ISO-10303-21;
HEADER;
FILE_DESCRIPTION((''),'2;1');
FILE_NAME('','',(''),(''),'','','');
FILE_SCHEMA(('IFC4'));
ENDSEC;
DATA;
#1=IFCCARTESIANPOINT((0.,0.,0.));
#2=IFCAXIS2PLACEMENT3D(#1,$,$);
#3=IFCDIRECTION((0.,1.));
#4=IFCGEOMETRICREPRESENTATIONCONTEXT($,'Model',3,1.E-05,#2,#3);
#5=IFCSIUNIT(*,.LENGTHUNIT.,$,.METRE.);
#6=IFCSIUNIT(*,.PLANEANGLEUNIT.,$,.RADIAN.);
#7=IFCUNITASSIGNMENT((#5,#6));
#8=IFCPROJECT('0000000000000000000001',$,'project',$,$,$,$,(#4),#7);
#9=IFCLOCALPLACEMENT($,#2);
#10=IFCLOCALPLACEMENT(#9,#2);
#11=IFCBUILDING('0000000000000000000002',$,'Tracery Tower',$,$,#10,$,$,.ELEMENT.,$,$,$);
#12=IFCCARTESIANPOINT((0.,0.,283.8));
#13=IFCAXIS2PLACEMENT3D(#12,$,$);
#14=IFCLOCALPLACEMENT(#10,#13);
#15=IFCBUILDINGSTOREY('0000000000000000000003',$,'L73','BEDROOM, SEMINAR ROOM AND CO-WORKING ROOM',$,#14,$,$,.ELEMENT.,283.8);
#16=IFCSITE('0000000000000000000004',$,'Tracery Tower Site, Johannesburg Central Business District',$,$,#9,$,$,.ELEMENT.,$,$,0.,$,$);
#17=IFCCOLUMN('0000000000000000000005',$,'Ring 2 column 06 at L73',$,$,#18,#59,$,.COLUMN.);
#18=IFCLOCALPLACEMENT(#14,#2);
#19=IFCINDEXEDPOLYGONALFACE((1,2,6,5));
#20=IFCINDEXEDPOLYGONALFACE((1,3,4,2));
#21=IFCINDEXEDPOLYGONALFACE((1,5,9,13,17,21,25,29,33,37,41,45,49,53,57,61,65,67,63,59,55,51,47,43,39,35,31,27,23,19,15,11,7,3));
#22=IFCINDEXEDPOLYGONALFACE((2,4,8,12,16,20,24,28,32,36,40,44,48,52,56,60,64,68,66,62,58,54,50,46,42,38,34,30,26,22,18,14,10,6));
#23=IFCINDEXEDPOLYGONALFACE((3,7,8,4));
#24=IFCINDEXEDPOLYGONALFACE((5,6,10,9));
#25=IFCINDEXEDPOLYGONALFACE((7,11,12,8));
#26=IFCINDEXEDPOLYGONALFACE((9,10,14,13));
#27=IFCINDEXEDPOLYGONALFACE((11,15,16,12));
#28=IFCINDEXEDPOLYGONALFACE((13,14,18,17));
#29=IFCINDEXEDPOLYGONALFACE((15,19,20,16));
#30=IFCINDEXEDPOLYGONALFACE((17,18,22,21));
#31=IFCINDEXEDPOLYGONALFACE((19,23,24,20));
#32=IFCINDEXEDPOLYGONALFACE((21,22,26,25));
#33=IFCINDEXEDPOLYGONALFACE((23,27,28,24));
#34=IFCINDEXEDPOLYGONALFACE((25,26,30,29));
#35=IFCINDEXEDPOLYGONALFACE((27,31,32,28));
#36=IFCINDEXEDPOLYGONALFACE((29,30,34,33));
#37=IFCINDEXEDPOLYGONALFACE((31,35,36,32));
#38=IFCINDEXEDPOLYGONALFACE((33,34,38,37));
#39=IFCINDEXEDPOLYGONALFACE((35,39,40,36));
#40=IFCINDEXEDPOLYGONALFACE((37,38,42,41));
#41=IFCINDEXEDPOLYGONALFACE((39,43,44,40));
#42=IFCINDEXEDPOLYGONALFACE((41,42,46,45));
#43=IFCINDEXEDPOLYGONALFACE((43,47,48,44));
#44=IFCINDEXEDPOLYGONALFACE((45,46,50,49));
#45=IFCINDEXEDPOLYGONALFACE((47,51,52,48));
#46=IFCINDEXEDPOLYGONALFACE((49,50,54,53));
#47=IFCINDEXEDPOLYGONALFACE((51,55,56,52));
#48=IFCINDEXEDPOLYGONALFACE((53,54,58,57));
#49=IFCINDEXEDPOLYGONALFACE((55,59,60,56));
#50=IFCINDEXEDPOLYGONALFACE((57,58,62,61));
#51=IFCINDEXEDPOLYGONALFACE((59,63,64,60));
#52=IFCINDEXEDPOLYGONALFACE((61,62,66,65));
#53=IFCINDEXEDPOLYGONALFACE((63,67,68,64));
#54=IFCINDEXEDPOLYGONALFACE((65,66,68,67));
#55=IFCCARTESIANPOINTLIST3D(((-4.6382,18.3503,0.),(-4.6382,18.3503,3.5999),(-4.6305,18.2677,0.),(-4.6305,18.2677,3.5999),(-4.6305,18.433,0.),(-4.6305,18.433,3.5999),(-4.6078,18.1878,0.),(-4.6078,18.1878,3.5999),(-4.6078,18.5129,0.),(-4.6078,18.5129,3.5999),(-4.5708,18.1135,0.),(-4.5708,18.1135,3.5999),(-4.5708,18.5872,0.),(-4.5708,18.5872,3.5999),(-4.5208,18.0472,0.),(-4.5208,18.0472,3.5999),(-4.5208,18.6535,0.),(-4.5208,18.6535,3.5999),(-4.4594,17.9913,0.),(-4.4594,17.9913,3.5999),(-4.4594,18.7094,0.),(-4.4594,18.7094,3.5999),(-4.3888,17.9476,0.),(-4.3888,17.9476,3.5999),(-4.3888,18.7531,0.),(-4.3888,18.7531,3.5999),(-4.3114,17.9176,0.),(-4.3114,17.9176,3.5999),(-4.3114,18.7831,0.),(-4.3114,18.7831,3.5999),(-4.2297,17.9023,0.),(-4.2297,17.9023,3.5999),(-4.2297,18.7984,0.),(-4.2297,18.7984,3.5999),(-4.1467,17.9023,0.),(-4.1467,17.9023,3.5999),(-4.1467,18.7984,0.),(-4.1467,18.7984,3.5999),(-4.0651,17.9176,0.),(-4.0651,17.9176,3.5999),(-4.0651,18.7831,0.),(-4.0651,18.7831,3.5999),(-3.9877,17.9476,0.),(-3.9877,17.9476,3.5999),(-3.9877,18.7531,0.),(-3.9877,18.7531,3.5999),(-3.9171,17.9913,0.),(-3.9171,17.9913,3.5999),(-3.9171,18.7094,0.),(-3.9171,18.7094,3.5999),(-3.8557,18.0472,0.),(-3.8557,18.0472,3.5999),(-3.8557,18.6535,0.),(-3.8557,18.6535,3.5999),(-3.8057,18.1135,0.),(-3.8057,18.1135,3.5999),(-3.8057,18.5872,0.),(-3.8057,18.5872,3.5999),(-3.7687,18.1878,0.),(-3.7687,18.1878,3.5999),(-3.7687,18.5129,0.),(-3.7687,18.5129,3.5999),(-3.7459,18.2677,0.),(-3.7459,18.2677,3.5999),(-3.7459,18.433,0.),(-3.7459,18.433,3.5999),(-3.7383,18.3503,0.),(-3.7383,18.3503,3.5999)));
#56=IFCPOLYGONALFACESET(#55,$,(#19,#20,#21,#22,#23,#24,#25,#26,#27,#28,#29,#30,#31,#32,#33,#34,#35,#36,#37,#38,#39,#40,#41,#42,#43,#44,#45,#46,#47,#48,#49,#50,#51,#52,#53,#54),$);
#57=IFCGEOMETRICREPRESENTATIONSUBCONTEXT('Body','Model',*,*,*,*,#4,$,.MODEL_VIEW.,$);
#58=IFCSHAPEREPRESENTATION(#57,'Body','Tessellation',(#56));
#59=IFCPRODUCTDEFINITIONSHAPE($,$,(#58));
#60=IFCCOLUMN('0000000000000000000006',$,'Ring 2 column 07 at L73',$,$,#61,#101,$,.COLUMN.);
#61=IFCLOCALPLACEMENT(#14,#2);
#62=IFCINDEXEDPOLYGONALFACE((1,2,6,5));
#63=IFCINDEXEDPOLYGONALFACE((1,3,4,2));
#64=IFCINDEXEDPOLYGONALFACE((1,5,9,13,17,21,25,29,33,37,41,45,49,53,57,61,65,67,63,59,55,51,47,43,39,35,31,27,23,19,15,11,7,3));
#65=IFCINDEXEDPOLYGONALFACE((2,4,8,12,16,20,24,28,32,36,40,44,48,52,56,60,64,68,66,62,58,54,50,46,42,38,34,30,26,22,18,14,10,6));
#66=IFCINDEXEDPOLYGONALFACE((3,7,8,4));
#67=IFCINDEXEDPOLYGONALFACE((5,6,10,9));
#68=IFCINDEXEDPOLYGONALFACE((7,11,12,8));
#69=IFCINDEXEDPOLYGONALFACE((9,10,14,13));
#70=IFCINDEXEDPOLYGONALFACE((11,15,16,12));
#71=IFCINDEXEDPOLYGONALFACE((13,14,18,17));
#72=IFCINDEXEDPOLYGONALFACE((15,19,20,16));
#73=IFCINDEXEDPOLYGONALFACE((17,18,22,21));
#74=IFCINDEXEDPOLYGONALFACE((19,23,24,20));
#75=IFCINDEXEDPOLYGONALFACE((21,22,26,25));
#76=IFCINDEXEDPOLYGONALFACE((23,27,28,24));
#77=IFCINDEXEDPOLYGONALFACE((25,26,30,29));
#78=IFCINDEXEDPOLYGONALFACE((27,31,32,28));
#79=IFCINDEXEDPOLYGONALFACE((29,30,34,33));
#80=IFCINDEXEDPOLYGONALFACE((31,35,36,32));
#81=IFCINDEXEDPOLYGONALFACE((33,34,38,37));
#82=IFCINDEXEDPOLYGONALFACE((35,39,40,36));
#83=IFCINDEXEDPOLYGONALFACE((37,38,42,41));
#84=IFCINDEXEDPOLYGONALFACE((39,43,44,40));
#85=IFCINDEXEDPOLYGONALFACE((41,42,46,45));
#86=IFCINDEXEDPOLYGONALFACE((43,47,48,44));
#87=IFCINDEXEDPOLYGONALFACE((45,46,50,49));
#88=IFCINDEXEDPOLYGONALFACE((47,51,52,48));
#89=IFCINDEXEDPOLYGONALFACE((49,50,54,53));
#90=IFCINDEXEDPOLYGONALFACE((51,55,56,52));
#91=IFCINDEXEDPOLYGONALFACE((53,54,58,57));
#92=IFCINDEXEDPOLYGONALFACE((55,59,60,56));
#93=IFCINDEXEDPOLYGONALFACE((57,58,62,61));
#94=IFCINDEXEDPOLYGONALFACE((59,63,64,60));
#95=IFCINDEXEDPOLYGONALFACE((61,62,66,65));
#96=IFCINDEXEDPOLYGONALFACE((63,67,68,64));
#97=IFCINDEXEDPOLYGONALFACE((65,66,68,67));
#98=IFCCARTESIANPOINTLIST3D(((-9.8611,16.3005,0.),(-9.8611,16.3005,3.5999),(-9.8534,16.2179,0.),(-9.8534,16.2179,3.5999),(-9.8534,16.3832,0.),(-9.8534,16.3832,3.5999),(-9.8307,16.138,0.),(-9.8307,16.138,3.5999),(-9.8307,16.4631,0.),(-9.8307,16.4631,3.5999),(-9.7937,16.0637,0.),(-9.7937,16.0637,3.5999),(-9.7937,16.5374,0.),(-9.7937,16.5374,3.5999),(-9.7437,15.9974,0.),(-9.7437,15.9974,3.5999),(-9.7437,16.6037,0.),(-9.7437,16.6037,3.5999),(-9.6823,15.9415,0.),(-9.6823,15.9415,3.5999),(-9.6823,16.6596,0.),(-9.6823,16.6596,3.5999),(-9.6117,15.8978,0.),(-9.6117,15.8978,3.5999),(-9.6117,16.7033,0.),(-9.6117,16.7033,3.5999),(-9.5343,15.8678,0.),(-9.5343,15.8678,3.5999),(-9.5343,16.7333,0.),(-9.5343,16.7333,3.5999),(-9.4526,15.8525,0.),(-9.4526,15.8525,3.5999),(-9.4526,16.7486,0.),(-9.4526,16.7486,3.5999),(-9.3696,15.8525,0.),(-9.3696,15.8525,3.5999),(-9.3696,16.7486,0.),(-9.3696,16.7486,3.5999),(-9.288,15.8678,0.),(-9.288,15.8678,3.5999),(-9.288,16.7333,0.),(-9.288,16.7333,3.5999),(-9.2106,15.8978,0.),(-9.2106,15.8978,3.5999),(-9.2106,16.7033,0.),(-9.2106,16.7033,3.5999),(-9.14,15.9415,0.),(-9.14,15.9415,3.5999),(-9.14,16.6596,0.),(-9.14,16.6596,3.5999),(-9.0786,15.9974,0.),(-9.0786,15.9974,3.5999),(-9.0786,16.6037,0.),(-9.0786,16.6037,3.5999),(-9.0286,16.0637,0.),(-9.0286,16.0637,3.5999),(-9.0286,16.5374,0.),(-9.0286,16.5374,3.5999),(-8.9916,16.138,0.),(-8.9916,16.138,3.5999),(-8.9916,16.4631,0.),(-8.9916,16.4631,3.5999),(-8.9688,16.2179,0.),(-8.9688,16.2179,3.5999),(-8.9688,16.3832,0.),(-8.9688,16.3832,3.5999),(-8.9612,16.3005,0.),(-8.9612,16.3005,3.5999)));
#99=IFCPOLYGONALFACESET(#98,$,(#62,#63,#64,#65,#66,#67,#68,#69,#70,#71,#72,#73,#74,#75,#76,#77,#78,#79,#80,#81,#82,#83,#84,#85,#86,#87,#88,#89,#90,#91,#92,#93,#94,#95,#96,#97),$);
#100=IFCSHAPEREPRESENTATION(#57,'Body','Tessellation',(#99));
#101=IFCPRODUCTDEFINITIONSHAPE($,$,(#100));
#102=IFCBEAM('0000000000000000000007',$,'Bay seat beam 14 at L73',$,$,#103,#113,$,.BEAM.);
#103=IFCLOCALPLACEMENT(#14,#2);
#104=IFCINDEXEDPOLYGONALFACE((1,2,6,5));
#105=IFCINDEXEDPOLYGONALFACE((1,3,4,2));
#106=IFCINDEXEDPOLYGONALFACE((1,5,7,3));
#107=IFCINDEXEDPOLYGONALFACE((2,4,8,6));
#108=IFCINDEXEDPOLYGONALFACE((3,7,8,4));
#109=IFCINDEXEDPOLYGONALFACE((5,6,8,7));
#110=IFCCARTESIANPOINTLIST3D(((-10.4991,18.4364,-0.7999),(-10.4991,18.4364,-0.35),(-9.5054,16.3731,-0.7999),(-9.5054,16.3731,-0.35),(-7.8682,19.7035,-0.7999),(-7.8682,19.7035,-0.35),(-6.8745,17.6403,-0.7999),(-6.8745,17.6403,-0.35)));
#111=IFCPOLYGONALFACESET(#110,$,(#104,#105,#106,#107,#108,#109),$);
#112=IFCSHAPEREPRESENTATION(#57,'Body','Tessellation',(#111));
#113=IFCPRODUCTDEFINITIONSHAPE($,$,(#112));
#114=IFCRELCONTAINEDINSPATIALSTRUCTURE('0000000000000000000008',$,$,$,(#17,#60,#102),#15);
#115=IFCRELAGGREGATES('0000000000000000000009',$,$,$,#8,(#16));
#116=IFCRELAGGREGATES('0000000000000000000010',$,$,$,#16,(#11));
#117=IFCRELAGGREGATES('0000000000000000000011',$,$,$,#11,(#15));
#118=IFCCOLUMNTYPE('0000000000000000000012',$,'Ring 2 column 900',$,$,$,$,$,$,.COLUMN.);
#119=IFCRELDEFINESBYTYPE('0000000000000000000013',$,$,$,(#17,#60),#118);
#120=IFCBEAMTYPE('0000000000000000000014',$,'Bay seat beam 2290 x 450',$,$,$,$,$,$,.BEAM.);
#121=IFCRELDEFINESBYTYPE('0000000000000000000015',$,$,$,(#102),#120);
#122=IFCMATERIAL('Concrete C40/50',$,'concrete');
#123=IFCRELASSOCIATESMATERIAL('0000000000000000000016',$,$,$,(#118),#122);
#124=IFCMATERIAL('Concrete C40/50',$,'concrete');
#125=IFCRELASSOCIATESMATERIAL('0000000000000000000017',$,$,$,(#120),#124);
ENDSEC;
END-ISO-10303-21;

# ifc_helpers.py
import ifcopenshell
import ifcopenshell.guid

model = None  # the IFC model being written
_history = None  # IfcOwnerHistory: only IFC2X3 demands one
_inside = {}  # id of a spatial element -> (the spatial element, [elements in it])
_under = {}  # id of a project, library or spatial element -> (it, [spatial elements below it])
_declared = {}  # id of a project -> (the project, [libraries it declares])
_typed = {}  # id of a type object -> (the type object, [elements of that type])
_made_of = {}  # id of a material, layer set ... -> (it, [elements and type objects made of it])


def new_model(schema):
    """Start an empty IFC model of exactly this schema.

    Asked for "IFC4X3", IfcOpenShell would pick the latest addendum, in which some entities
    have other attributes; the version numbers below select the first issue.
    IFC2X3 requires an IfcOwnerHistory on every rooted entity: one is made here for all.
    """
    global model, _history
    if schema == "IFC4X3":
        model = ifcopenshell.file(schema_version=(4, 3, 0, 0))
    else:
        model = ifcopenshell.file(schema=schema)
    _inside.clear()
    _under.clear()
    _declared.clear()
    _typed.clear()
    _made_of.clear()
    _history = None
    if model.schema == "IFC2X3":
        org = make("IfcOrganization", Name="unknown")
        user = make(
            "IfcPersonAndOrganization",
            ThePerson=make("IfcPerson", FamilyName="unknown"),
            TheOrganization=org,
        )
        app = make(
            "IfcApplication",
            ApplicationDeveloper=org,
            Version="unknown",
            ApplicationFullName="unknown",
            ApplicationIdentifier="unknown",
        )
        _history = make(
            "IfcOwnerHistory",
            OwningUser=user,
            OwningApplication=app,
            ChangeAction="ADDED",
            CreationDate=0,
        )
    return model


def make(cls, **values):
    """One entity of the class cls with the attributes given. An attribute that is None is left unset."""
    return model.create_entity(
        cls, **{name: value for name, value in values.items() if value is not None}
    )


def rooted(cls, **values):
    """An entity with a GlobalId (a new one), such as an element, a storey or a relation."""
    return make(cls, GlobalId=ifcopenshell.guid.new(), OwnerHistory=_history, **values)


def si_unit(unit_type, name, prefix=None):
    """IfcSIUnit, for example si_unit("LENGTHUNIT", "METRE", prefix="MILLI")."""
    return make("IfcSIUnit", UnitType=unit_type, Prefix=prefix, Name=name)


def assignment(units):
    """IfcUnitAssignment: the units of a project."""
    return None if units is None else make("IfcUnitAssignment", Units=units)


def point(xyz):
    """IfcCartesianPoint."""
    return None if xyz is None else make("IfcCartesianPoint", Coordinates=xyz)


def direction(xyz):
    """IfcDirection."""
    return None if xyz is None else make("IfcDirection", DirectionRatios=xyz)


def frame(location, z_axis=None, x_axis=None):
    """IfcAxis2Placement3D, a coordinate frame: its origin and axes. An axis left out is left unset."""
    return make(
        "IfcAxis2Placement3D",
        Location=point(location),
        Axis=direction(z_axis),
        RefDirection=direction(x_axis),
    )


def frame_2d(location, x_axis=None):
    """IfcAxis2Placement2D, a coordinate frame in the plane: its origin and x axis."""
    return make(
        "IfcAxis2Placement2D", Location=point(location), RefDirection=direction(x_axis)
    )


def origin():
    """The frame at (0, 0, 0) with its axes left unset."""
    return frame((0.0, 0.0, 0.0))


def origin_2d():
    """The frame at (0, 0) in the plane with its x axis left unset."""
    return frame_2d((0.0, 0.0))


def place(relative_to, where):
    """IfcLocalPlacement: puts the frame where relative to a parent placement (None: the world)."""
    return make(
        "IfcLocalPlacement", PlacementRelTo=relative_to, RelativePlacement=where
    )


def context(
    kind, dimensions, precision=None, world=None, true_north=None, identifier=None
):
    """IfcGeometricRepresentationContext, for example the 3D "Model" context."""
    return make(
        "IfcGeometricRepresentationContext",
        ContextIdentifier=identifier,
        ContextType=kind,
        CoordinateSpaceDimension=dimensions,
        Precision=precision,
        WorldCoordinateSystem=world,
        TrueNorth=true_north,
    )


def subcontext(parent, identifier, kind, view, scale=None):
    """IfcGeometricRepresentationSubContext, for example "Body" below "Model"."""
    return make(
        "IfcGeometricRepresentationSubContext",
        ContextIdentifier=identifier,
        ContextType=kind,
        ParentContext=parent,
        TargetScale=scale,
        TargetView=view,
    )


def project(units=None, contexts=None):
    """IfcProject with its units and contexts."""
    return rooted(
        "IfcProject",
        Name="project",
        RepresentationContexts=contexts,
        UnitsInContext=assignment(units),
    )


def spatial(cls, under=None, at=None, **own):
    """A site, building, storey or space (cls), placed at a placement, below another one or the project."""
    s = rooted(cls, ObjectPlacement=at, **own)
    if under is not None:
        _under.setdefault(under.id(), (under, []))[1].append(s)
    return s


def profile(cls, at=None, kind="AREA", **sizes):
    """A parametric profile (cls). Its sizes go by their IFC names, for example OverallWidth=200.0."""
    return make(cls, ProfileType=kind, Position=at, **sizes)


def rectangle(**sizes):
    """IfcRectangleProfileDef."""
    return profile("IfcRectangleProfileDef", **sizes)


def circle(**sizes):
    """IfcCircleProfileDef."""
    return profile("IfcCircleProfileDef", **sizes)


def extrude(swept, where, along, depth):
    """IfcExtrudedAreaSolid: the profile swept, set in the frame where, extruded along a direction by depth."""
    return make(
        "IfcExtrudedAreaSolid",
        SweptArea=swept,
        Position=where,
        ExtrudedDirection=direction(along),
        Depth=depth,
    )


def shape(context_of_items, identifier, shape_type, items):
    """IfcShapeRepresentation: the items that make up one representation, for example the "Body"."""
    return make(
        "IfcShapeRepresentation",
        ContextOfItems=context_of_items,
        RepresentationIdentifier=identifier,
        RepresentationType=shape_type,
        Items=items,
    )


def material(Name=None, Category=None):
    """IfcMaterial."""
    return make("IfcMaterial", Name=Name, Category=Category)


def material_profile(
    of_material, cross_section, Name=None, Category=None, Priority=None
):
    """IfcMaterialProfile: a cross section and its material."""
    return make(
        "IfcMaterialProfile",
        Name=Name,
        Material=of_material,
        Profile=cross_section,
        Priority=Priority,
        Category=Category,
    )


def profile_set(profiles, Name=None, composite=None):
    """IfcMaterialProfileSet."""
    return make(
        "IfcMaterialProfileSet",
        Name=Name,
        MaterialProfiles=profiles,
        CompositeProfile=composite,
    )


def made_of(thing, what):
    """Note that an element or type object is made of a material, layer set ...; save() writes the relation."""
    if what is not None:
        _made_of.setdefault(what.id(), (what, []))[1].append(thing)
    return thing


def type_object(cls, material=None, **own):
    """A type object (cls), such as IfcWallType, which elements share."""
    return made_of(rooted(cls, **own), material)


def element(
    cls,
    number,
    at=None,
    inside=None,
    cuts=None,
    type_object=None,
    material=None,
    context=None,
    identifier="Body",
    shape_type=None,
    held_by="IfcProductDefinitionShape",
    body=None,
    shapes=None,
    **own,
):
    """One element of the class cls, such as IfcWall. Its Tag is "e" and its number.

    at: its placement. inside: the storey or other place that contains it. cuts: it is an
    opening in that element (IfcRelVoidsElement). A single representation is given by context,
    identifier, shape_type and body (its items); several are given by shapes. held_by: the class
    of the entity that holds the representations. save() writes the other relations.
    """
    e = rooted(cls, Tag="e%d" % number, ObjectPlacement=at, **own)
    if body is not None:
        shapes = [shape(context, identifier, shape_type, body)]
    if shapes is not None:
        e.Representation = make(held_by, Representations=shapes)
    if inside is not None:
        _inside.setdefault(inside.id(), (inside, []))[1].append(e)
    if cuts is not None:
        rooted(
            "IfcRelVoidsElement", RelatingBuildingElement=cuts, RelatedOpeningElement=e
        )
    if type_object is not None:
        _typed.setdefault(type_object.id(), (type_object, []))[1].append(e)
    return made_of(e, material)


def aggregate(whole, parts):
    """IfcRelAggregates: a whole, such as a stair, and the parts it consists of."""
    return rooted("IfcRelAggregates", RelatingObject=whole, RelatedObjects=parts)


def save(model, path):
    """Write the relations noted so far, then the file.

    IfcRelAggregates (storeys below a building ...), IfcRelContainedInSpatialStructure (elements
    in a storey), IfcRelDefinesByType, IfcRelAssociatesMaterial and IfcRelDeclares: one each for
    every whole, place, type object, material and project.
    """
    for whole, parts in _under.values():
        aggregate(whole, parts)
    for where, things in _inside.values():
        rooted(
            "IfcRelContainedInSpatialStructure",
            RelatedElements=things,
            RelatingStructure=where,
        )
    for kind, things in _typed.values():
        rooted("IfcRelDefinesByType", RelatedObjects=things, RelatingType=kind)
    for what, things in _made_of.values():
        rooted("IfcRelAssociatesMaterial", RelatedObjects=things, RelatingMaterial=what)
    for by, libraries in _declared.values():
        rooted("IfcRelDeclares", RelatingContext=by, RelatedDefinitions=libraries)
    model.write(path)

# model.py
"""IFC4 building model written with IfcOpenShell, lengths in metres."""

from ifc_helpers import new_model, si_unit, direction, frame, origin, origin_2d, place, context, subcontext, project, spatial, rectangle, circle, extrude, material, material_profile, profile_set, type_object, element, save


model = new_model("IFC4")

# Units and contexts
model_context = context("Model", 3, precision=1e-05, world=origin(), true_north=direction((0.0, 1.0)))
body_context = subcontext(model_context, "Body", "Model", "MODEL_VIEW")
ifc_project = project(units=[si_unit("LENGTHUNIT", "METRE"), si_unit("PLANEANGLEUNIT", "RADIAN")], contexts=[model_context])

# Site, building, storey
site_placement = place(None, origin())
site = spatial("IfcSite", under=ifc_project, at=site_placement, Name="Tracery Tower Site, Johannesburg Central Business District", CompositionType="ELEMENT", RefElevation=0.0)
building_placement = place(site_placement, origin())
building = spatial("IfcBuilding", under=site, at=building_placement, Name="Tracery Tower", CompositionType="ELEMENT")
storey_placement = place(building_placement, frame((0.0, 0.0, 283.8)))
storey = spatial("IfcBuildingStorey", under=building, at=storey_placement, Name="L73", Description="BEDROOM, SEMINAR ROOM AND CO-WORKING ROOM", CompositionType="ELEMENT", Elevation=283.8)

# Columns
ifc_material_1 = material(Name="Concrete C40/50", Category="concrete")
ifc_material_profile_1 = material_profile(ifc_material_1, circle(Radius=0.45, at=origin_2d()), Name="RC D900")
ifc_profile_set_1 = profile_set([ifc_material_profile_1], Name="Concrete C40/50")
column_type = type_object("IfcColumnType", Name="Ring 2 column 900", PredefinedType="COLUMN", material=ifc_profile_set_1)
for number, where, z_axis, x_axis, name in (
    (1, (-4.1882, 18.3503, 0.0), (0.0, 0.0, 1.0), (1.0, 0.0, 0.0), "Ring 2 column 06 at L73"),
    (2, (-9.4111, 16.3005, 0.0), (0.0, 0.0, 1.0), (1.0, 0.0, 0.0), "Ring 2 column 07 at L73"),
):
    element("IfcColumn", number, at=place(storey_placement, frame(where, z_axis=z_axis, x_axis=x_axis)), inside=storey, type_object=column_type, Name=name, PredefinedType="COLUMN", context=body_context, shape_type="SweptSolid", body=[
        extrude(circle(Radius=0.45, at=origin_2d()), origin(), (0.0, 0.0, 1.0), 3.5999),
    ])

# Beam
ifc_material_2 = material(Name="Concrete C40/50", Category="concrete")
ifc_material_profile_2 = material_profile(ifc_material_2, rectangle(XDim=2.29, YDim=0.45, at=origin_2d()), Name="RC 2290x450")
ifc_profile_set_2 = profile_set([ifc_material_profile_2], Name="Concrete C40/50")
beam_type = type_object("IfcBeamType", Name="Bay seat beam 2290 x 450", PredefinedType="BEAM", material=ifc_profile_set_2)
beam_placement = place(storey_placement, frame((-7.3713, 18.6719, -0.575), z_axis=(-0.900951, -0.433921, 0.0), x_axis=(0.433921, -0.900951, 0.0)))
element("IfcBeam", 3, at=beam_placement, inside=storey, type_object=beam_type, Name="Bay seat beam 14 at L73", PredefinedType="BEAM", context=body_context, shape_type="SweptSolid", body=[
    extrude(rectangle(XDim=2.29, YDim=0.45, at=origin_2d()), origin(), (0.0, 0.0, 1.0), 2.9202),
])

save(model, "model.ifc")
